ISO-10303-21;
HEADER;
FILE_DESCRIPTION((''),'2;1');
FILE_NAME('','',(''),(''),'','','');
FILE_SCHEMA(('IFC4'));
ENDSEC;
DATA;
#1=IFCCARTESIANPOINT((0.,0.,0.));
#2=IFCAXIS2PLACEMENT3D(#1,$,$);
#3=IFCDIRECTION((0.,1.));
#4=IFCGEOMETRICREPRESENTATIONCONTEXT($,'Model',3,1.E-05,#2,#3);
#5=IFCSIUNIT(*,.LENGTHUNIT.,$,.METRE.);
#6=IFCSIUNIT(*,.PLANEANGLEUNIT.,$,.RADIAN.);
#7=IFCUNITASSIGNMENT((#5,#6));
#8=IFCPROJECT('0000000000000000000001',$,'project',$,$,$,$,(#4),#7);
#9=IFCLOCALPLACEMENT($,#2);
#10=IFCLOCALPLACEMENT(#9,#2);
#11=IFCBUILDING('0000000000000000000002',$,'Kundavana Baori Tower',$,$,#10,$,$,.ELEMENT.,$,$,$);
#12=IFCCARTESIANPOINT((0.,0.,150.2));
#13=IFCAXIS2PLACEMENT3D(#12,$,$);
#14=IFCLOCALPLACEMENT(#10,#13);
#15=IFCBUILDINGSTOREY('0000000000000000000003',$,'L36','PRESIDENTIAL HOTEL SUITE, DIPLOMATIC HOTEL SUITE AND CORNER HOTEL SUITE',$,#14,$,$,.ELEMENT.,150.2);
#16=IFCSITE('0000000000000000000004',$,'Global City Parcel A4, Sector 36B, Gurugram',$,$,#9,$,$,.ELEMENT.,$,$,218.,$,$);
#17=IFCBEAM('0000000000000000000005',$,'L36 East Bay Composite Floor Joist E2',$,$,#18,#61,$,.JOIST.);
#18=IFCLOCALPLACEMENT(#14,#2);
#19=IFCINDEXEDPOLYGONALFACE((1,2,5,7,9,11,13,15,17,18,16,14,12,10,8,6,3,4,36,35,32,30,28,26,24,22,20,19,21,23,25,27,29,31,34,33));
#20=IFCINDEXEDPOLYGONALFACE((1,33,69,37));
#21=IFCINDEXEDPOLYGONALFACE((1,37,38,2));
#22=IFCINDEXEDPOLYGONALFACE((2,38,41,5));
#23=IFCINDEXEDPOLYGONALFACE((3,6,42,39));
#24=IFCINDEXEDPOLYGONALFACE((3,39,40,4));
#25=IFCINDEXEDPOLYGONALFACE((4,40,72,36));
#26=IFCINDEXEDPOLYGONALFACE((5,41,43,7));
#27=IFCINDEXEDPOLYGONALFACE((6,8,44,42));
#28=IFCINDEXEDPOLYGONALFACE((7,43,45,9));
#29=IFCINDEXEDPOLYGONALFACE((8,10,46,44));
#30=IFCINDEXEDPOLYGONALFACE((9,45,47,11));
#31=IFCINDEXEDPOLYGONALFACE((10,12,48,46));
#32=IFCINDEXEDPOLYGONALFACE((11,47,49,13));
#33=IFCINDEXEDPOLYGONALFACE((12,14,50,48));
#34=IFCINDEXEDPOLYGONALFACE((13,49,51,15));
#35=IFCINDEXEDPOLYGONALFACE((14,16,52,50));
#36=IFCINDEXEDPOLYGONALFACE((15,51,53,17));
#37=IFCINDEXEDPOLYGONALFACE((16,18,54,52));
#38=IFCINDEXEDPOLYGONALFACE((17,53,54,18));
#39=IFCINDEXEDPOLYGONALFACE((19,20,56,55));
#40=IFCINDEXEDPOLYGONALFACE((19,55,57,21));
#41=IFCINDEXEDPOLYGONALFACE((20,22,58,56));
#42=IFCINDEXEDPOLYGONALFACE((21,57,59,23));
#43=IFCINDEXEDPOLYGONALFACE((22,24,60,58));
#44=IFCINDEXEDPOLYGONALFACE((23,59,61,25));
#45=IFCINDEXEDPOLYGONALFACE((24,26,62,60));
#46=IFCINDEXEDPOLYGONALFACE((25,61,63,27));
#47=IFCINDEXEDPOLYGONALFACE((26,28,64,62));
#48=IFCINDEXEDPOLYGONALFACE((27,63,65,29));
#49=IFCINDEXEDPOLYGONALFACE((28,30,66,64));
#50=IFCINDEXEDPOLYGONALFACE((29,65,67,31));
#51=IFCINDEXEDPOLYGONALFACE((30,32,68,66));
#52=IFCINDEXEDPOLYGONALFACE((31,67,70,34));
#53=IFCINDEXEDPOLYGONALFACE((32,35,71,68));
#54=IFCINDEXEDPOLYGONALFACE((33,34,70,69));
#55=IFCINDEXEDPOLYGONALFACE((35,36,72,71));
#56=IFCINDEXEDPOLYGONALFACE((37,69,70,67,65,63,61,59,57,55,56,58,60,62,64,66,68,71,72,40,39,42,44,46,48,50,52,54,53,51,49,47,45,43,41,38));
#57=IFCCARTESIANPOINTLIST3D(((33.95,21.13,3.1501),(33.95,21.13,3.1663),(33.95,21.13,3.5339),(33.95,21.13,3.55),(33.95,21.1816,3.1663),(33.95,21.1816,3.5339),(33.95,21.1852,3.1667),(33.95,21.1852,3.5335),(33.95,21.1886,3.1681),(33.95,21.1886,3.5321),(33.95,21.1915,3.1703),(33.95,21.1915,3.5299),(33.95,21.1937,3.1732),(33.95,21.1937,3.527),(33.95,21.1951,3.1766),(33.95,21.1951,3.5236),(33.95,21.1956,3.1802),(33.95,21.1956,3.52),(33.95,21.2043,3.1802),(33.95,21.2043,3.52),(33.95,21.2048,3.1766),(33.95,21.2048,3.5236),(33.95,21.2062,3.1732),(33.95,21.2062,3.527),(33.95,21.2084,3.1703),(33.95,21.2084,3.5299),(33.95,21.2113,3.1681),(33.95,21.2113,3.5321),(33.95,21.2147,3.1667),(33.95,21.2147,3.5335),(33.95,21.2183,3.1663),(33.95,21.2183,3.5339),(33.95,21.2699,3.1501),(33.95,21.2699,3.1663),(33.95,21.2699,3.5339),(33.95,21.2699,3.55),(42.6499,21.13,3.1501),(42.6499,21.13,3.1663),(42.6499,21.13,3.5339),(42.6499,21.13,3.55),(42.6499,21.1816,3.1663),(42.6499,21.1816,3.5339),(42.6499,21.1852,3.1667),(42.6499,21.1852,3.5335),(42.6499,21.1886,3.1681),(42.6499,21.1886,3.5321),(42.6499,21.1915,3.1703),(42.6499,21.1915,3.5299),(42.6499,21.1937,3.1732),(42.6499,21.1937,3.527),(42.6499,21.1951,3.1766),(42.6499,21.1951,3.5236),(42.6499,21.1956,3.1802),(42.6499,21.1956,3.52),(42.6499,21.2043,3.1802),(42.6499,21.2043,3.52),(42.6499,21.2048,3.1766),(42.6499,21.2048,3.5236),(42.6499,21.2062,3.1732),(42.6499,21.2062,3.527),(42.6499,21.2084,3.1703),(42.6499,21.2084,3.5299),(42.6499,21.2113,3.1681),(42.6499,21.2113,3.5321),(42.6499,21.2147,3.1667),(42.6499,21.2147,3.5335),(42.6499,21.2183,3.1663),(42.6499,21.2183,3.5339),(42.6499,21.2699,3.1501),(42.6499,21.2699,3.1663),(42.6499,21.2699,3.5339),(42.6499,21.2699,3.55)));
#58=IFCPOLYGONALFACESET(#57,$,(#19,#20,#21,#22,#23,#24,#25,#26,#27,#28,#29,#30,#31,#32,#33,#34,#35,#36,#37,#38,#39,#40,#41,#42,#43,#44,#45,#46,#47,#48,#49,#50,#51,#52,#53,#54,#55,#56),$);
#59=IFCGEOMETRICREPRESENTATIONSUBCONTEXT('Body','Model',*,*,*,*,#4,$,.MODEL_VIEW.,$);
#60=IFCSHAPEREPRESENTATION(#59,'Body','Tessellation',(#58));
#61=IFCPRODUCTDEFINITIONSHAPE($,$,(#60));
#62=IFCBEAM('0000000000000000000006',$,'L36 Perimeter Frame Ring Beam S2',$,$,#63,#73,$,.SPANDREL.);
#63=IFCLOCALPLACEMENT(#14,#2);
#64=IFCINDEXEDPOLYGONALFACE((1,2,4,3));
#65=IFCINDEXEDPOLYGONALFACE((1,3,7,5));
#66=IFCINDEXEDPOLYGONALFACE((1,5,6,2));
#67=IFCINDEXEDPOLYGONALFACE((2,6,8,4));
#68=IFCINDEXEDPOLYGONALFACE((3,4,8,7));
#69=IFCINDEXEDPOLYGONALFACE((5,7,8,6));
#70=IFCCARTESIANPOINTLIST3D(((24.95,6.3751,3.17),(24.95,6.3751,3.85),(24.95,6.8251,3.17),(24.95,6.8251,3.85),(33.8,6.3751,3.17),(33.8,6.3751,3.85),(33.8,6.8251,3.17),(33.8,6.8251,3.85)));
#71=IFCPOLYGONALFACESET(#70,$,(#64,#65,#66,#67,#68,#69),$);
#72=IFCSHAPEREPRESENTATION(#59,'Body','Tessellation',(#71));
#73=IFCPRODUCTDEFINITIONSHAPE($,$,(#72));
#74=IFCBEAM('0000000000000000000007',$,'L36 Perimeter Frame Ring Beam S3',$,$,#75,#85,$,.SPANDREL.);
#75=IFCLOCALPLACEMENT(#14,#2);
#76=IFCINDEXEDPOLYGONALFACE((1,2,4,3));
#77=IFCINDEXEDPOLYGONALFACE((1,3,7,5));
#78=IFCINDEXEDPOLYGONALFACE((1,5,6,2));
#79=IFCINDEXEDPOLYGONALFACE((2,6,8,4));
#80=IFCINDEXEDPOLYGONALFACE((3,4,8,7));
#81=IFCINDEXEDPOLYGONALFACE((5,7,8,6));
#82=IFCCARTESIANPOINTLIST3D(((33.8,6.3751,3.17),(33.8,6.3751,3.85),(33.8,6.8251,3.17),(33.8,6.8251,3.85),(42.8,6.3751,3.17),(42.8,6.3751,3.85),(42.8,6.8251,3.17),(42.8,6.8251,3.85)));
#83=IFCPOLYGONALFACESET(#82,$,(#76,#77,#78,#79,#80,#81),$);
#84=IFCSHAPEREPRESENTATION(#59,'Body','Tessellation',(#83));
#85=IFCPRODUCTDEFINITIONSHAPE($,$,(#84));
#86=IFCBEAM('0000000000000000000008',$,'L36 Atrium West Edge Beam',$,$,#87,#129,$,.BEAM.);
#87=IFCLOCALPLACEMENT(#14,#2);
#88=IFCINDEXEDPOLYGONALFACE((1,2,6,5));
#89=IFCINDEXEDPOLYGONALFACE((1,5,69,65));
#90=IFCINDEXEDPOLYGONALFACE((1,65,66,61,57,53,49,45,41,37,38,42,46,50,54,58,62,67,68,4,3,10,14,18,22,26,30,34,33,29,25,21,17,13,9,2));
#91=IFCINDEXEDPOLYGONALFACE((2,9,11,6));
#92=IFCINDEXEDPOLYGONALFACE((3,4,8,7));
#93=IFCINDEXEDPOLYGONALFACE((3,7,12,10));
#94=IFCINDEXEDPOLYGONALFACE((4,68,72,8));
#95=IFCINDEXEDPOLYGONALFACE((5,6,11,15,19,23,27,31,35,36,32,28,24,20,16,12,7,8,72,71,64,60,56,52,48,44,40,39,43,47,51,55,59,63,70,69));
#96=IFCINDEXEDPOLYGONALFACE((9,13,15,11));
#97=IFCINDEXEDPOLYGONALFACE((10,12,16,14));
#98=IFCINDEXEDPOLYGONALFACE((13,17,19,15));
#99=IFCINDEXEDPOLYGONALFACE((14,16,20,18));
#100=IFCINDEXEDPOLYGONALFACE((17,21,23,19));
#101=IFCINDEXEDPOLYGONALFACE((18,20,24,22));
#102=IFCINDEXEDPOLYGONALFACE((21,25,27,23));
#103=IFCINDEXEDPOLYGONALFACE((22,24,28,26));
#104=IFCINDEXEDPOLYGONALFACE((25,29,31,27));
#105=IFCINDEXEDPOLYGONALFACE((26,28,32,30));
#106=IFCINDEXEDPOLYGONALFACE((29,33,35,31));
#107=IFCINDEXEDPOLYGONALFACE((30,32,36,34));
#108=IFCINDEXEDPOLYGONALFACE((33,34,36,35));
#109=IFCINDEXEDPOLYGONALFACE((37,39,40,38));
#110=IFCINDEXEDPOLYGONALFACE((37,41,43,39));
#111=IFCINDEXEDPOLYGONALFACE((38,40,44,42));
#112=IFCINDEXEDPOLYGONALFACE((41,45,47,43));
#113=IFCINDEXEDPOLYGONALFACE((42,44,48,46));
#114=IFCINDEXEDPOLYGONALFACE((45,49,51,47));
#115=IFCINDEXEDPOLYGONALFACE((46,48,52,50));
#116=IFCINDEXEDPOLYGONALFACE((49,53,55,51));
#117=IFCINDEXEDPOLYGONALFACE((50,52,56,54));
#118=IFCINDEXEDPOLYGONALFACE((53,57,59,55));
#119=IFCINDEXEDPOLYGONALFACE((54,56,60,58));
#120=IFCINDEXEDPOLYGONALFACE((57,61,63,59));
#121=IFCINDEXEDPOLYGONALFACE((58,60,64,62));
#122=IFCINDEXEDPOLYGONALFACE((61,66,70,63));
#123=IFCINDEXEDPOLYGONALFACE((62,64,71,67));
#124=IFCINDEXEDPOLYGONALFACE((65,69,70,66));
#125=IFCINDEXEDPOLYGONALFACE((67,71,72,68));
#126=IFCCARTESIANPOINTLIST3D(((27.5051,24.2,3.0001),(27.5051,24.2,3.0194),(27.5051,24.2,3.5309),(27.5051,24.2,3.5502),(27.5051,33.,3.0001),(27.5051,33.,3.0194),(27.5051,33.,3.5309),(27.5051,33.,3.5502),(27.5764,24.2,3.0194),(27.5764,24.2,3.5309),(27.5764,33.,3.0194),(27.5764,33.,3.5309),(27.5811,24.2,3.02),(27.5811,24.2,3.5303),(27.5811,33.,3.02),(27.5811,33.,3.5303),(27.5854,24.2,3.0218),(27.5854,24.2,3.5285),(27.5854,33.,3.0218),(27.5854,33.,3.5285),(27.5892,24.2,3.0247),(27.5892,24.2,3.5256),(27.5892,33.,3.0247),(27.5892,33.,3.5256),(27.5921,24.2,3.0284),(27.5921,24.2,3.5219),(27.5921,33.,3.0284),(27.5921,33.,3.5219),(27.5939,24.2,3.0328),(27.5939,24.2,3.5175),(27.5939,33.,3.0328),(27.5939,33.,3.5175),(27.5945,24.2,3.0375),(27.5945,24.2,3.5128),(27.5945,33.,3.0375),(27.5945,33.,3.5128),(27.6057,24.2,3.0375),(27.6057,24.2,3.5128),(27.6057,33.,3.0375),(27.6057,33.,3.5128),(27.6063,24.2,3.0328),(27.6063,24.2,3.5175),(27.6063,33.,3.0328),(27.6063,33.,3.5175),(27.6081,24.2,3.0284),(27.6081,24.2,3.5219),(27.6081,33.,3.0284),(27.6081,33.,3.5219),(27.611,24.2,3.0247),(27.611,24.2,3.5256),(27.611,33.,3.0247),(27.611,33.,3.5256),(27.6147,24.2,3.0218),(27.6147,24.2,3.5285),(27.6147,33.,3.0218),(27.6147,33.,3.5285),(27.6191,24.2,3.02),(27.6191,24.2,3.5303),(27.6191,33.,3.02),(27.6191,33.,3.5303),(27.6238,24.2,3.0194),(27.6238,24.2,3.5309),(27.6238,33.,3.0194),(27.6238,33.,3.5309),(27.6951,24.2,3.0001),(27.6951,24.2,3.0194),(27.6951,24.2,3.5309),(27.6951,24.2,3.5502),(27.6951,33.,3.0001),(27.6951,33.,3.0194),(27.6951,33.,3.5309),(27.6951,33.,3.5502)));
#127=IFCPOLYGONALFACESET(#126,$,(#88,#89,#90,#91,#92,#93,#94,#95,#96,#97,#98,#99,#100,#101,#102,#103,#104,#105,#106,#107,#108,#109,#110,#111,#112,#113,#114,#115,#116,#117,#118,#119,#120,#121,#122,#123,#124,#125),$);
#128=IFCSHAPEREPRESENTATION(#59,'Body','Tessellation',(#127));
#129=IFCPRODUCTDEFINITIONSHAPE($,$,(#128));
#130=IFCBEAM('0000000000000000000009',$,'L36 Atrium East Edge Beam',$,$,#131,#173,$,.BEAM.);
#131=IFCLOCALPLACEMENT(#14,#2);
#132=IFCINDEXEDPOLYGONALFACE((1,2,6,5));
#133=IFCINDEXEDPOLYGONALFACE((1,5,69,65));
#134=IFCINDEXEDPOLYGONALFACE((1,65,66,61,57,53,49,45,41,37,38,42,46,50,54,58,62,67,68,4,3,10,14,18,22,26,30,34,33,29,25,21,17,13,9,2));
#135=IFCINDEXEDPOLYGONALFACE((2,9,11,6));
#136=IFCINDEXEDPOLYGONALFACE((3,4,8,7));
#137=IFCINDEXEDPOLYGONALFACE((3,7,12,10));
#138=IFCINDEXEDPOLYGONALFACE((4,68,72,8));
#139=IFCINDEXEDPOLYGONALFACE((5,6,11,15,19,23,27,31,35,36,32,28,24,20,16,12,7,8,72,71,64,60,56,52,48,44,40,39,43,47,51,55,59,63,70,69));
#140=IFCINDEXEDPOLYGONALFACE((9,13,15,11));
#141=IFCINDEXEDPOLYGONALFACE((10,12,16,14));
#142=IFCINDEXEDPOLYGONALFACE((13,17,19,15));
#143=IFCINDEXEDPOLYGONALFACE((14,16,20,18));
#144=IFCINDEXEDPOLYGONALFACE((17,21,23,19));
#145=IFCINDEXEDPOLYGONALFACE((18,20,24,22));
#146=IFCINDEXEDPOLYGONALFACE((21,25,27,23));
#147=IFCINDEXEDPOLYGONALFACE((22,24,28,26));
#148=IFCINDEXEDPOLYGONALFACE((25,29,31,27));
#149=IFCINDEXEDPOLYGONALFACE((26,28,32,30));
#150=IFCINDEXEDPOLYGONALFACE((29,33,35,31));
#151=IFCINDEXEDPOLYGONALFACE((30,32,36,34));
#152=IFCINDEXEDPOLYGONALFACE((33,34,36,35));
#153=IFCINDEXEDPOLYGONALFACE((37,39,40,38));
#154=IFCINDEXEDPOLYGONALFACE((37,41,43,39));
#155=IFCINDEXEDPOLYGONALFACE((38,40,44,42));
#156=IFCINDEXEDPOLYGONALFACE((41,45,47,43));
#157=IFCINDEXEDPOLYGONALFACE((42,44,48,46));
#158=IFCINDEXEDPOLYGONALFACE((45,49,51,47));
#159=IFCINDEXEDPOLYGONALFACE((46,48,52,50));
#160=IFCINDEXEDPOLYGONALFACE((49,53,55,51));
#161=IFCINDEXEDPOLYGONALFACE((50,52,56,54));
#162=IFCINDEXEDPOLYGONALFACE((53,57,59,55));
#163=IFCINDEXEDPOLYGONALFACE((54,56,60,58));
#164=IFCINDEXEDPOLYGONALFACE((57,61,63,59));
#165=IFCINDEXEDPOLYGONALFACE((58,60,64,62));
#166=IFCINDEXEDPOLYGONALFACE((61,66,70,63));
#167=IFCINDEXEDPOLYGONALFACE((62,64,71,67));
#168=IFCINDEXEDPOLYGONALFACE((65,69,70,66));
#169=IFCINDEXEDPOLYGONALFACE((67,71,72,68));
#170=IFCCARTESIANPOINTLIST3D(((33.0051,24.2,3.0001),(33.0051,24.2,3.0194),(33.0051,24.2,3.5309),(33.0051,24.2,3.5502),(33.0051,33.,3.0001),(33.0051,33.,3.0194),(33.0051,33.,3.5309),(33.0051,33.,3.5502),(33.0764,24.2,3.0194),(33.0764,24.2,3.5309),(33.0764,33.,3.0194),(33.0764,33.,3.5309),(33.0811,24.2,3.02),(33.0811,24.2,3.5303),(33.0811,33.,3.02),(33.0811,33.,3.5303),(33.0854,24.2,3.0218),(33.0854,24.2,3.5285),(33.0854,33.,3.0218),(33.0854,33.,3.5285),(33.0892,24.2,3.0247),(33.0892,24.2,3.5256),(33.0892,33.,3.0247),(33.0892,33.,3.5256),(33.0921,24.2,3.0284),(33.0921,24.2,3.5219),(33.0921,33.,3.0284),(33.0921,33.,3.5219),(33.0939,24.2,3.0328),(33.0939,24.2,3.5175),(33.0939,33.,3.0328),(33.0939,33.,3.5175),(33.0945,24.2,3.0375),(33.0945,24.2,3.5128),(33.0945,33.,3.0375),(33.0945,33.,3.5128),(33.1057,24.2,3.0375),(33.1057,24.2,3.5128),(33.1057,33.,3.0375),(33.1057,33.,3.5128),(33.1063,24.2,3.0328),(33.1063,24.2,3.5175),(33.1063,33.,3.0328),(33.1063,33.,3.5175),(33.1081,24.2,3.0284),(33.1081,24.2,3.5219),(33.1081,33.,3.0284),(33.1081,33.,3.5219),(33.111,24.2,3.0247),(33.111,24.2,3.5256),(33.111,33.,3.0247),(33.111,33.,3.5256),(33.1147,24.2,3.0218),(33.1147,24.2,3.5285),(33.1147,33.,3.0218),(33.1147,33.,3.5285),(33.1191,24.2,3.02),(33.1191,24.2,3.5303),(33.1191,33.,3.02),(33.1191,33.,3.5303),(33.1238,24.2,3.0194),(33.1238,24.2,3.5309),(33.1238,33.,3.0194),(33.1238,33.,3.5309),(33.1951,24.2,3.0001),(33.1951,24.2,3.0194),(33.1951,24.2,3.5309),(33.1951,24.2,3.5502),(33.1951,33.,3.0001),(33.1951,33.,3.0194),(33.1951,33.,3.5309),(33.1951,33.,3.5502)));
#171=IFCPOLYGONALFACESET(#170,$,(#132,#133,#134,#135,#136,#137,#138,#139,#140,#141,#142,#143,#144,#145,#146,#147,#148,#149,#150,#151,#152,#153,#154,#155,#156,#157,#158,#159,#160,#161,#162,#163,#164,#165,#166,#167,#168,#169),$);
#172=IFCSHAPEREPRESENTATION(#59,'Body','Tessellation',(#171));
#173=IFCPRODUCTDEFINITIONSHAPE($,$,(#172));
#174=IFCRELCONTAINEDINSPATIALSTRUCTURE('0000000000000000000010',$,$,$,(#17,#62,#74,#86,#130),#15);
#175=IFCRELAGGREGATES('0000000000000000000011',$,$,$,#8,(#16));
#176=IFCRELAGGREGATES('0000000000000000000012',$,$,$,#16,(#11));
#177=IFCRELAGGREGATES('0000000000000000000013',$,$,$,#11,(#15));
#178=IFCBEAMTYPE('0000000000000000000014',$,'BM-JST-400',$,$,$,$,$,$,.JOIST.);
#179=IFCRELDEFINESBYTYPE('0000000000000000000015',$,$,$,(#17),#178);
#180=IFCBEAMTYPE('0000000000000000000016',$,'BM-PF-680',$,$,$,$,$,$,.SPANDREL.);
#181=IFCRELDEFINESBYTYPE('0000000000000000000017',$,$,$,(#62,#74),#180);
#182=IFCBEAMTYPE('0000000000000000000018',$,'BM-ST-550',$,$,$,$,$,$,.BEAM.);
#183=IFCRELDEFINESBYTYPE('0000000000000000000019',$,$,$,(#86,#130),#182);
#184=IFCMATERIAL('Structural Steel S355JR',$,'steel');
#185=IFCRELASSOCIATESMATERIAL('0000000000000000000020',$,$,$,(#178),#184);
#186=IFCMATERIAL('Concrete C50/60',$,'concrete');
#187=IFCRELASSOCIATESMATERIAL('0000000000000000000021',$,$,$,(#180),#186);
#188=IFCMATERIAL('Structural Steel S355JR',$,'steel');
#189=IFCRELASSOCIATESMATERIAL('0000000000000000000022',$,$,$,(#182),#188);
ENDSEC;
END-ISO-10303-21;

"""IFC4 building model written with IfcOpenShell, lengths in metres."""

from ifc_helpers import new_model, si_unit, direction, frame, origin, origin_2d, place, context, subcontext, project, spatial, rectangle, i_section, extrude, material, material_profile, profile_set, type_object, element, save


model = new_model("IFC4")

# Units and contexts
model_context = context("Model", 3, precision=1e-05, world=origin(), true_north=direction((0.0, 1.0)))
body_context = subcontext(model_context, "Body", "Model", "MODEL_VIEW")
ifc_project = project(units=[si_unit("LENGTHUNIT", "METRE"), si_unit("PLANEANGLEUNIT", "RADIAN")], contexts=[model_context])

# Site, building, storey
site_placement = place(None, origin())
site = spatial("IfcSite", under=ifc_project, at=site_placement, Name="Global City Parcel A4, Sector 36B, Gurugram", CompositionType="ELEMENT", RefElevation=218.0)
building_placement = place(site_placement, origin())
building = spatial("IfcBuilding", under=site, at=building_placement, Name="Kundavana Baori Tower", CompositionType="ELEMENT")
storey_placement = place(building_placement, frame((0.0, 0.0, 150.2)))
storey = spatial("IfcBuildingStorey", under=building, at=storey_placement, Name="L36", Description="PRESIDENTIAL HOTEL SUITE, DIPLOMATIC HOTEL SUITE AND CORNER HOTEL SUITE", CompositionType="ELEMENT", Elevation=150.2)

# Beams
ifc_material_1 = material(Name="Structural Steel S355JR", Category="steel")
ifc_material_profile_1 = material_profile(ifc_material_1, i_section(OverallWidth=0.1399, OverallDepth=0.3999, WebThickness=0.0088, FlangeThickness=0.0161, FilletRadius=0.0139, at=origin_2d()), Name="ISMB 400")
ifc_profile_set_1 = profile_set([ifc_material_profile_1], Name="Structural Steel S355JR")
beam_type_1 = type_object("IfcBeamType", Name="BM-JST-400", PredefinedType="JOIST", material=ifc_profile_set_1)
for number, where, z_axis, x_axis, name in (
    (1, (33.95, 21.2, 3.3501), (1.0, 0.0, 0.0), (0.0, 1.0, 0.0), "L36 East Bay Composite Floor Joist E2"),
):
    element("IfcBeam", number, at=place(storey_placement, frame(where, z_axis=z_axis, x_axis=x_axis)), inside=storey, type_object=beam_type_1, Name=name, PredefinedType="JOIST", context=body_context, shape_type="SweptSolid", body=[
        extrude(i_section(OverallWidth=0.1399, OverallDepth=0.3999, WebThickness=0.0088, FlangeThickness=0.0161, FilletRadius=0.0139, at=origin_2d()), origin(), (0.0, 0.0, 1.0), 8.7),
    ])
ifc_material_2 = material(Name="Concrete C50/60", Category="concrete")
ifc_material_profile_2 = material_profile(ifc_material_2, rectangle(XDim=0.45, YDim=0.6799, at=origin_2d()), Name="RC BM 450x680")
ifc_profile_set_2 = profile_set([ifc_material_profile_2], Name="Concrete C50/60")
beam_type_2 = type_object("IfcBeamType", Name="BM-PF-680", PredefinedType="SPANDREL", material=ifc_profile_set_2)
beam_1_placement = place(storey_placement, frame((24.95, 6.6001, 3.51), z_axis=(1.0, 0.0, 0.0), x_axis=(0.0, 1.0, 0.0)))
element("IfcBeam", 2, at=beam_1_placement, inside=storey, type_object=beam_type_2, Name="L36 Perimeter Frame Ring Beam S2", PredefinedType="SPANDREL", context=body_context, shape_type="SweptSolid", body=[
    extrude(rectangle(XDim=0.45, YDim=0.6799, at=origin_2d()), origin(), (0.0, 0.0, 1.0), 8.8501),
])
beam_2_placement = place(storey_placement, frame((33.8, 6.6001, 3.51), z_axis=(1.0, 0.0, 0.0), x_axis=(0.0, 1.0, 0.0)))
element("IfcBeam", 3, at=beam_2_placement, inside=storey, type_object=beam_type_2, Name="L36 Perimeter Frame Ring Beam S3", PredefinedType="SPANDREL", context=body_context, shape_type="SweptSolid", body=[
    extrude(rectangle(XDim=0.45, YDim=0.6799, at=origin_2d()), origin(), (0.0, 0.0, 1.0), 9.0),
])
ifc_material_3 = material(Name="Structural Steel S355JR", Category="steel")
ifc_material_profile_3 = material_profile(ifc_material_3, i_section(OverallWidth=0.1899, OverallDepth=0.55, WebThickness=0.0112, FlangeThickness=0.0193, FilletRadius=0.0181, at=origin_2d()), Name="ISMB 550")
ifc_profile_set_3 = profile_set([ifc_material_profile_3], Name="Structural Steel S355JR")
beam_type_3 = type_object("IfcBeamType", Name="BM-ST-550", PredefinedType="BEAM", material=ifc_profile_set_3)
for number, where, z_axis, x_axis, name in (
    (4, (27.6001, 24.2, 3.2751), (0.0, 1.0, 0.0), (-1.0, 0.0, 0.0), "L36 Atrium West Edge Beam"),
    (5, (33.1001, 24.2, 3.2751), (0.0, 1.0, 0.0), (-1.0, 0.0, 0.0), "L36 Atrium East Edge Beam"),
):
    element("IfcBeam", number, at=place(storey_placement, frame(where, z_axis=z_axis, x_axis=x_axis)), inside=storey, type_object=beam_type_3, Name=name, PredefinedType="BEAM", context=body_context, shape_type="SweptSolid", body=[
        extrude(i_section(OverallWidth=0.1899, OverallDepth=0.55, WebThickness=0.0112, FlangeThickness=0.0193, FilletRadius=0.0181, at=origin_2d()), origin(), (0.0, 0.0, 1.0), 8.8),
    ])

save(model, "model.ifc")
